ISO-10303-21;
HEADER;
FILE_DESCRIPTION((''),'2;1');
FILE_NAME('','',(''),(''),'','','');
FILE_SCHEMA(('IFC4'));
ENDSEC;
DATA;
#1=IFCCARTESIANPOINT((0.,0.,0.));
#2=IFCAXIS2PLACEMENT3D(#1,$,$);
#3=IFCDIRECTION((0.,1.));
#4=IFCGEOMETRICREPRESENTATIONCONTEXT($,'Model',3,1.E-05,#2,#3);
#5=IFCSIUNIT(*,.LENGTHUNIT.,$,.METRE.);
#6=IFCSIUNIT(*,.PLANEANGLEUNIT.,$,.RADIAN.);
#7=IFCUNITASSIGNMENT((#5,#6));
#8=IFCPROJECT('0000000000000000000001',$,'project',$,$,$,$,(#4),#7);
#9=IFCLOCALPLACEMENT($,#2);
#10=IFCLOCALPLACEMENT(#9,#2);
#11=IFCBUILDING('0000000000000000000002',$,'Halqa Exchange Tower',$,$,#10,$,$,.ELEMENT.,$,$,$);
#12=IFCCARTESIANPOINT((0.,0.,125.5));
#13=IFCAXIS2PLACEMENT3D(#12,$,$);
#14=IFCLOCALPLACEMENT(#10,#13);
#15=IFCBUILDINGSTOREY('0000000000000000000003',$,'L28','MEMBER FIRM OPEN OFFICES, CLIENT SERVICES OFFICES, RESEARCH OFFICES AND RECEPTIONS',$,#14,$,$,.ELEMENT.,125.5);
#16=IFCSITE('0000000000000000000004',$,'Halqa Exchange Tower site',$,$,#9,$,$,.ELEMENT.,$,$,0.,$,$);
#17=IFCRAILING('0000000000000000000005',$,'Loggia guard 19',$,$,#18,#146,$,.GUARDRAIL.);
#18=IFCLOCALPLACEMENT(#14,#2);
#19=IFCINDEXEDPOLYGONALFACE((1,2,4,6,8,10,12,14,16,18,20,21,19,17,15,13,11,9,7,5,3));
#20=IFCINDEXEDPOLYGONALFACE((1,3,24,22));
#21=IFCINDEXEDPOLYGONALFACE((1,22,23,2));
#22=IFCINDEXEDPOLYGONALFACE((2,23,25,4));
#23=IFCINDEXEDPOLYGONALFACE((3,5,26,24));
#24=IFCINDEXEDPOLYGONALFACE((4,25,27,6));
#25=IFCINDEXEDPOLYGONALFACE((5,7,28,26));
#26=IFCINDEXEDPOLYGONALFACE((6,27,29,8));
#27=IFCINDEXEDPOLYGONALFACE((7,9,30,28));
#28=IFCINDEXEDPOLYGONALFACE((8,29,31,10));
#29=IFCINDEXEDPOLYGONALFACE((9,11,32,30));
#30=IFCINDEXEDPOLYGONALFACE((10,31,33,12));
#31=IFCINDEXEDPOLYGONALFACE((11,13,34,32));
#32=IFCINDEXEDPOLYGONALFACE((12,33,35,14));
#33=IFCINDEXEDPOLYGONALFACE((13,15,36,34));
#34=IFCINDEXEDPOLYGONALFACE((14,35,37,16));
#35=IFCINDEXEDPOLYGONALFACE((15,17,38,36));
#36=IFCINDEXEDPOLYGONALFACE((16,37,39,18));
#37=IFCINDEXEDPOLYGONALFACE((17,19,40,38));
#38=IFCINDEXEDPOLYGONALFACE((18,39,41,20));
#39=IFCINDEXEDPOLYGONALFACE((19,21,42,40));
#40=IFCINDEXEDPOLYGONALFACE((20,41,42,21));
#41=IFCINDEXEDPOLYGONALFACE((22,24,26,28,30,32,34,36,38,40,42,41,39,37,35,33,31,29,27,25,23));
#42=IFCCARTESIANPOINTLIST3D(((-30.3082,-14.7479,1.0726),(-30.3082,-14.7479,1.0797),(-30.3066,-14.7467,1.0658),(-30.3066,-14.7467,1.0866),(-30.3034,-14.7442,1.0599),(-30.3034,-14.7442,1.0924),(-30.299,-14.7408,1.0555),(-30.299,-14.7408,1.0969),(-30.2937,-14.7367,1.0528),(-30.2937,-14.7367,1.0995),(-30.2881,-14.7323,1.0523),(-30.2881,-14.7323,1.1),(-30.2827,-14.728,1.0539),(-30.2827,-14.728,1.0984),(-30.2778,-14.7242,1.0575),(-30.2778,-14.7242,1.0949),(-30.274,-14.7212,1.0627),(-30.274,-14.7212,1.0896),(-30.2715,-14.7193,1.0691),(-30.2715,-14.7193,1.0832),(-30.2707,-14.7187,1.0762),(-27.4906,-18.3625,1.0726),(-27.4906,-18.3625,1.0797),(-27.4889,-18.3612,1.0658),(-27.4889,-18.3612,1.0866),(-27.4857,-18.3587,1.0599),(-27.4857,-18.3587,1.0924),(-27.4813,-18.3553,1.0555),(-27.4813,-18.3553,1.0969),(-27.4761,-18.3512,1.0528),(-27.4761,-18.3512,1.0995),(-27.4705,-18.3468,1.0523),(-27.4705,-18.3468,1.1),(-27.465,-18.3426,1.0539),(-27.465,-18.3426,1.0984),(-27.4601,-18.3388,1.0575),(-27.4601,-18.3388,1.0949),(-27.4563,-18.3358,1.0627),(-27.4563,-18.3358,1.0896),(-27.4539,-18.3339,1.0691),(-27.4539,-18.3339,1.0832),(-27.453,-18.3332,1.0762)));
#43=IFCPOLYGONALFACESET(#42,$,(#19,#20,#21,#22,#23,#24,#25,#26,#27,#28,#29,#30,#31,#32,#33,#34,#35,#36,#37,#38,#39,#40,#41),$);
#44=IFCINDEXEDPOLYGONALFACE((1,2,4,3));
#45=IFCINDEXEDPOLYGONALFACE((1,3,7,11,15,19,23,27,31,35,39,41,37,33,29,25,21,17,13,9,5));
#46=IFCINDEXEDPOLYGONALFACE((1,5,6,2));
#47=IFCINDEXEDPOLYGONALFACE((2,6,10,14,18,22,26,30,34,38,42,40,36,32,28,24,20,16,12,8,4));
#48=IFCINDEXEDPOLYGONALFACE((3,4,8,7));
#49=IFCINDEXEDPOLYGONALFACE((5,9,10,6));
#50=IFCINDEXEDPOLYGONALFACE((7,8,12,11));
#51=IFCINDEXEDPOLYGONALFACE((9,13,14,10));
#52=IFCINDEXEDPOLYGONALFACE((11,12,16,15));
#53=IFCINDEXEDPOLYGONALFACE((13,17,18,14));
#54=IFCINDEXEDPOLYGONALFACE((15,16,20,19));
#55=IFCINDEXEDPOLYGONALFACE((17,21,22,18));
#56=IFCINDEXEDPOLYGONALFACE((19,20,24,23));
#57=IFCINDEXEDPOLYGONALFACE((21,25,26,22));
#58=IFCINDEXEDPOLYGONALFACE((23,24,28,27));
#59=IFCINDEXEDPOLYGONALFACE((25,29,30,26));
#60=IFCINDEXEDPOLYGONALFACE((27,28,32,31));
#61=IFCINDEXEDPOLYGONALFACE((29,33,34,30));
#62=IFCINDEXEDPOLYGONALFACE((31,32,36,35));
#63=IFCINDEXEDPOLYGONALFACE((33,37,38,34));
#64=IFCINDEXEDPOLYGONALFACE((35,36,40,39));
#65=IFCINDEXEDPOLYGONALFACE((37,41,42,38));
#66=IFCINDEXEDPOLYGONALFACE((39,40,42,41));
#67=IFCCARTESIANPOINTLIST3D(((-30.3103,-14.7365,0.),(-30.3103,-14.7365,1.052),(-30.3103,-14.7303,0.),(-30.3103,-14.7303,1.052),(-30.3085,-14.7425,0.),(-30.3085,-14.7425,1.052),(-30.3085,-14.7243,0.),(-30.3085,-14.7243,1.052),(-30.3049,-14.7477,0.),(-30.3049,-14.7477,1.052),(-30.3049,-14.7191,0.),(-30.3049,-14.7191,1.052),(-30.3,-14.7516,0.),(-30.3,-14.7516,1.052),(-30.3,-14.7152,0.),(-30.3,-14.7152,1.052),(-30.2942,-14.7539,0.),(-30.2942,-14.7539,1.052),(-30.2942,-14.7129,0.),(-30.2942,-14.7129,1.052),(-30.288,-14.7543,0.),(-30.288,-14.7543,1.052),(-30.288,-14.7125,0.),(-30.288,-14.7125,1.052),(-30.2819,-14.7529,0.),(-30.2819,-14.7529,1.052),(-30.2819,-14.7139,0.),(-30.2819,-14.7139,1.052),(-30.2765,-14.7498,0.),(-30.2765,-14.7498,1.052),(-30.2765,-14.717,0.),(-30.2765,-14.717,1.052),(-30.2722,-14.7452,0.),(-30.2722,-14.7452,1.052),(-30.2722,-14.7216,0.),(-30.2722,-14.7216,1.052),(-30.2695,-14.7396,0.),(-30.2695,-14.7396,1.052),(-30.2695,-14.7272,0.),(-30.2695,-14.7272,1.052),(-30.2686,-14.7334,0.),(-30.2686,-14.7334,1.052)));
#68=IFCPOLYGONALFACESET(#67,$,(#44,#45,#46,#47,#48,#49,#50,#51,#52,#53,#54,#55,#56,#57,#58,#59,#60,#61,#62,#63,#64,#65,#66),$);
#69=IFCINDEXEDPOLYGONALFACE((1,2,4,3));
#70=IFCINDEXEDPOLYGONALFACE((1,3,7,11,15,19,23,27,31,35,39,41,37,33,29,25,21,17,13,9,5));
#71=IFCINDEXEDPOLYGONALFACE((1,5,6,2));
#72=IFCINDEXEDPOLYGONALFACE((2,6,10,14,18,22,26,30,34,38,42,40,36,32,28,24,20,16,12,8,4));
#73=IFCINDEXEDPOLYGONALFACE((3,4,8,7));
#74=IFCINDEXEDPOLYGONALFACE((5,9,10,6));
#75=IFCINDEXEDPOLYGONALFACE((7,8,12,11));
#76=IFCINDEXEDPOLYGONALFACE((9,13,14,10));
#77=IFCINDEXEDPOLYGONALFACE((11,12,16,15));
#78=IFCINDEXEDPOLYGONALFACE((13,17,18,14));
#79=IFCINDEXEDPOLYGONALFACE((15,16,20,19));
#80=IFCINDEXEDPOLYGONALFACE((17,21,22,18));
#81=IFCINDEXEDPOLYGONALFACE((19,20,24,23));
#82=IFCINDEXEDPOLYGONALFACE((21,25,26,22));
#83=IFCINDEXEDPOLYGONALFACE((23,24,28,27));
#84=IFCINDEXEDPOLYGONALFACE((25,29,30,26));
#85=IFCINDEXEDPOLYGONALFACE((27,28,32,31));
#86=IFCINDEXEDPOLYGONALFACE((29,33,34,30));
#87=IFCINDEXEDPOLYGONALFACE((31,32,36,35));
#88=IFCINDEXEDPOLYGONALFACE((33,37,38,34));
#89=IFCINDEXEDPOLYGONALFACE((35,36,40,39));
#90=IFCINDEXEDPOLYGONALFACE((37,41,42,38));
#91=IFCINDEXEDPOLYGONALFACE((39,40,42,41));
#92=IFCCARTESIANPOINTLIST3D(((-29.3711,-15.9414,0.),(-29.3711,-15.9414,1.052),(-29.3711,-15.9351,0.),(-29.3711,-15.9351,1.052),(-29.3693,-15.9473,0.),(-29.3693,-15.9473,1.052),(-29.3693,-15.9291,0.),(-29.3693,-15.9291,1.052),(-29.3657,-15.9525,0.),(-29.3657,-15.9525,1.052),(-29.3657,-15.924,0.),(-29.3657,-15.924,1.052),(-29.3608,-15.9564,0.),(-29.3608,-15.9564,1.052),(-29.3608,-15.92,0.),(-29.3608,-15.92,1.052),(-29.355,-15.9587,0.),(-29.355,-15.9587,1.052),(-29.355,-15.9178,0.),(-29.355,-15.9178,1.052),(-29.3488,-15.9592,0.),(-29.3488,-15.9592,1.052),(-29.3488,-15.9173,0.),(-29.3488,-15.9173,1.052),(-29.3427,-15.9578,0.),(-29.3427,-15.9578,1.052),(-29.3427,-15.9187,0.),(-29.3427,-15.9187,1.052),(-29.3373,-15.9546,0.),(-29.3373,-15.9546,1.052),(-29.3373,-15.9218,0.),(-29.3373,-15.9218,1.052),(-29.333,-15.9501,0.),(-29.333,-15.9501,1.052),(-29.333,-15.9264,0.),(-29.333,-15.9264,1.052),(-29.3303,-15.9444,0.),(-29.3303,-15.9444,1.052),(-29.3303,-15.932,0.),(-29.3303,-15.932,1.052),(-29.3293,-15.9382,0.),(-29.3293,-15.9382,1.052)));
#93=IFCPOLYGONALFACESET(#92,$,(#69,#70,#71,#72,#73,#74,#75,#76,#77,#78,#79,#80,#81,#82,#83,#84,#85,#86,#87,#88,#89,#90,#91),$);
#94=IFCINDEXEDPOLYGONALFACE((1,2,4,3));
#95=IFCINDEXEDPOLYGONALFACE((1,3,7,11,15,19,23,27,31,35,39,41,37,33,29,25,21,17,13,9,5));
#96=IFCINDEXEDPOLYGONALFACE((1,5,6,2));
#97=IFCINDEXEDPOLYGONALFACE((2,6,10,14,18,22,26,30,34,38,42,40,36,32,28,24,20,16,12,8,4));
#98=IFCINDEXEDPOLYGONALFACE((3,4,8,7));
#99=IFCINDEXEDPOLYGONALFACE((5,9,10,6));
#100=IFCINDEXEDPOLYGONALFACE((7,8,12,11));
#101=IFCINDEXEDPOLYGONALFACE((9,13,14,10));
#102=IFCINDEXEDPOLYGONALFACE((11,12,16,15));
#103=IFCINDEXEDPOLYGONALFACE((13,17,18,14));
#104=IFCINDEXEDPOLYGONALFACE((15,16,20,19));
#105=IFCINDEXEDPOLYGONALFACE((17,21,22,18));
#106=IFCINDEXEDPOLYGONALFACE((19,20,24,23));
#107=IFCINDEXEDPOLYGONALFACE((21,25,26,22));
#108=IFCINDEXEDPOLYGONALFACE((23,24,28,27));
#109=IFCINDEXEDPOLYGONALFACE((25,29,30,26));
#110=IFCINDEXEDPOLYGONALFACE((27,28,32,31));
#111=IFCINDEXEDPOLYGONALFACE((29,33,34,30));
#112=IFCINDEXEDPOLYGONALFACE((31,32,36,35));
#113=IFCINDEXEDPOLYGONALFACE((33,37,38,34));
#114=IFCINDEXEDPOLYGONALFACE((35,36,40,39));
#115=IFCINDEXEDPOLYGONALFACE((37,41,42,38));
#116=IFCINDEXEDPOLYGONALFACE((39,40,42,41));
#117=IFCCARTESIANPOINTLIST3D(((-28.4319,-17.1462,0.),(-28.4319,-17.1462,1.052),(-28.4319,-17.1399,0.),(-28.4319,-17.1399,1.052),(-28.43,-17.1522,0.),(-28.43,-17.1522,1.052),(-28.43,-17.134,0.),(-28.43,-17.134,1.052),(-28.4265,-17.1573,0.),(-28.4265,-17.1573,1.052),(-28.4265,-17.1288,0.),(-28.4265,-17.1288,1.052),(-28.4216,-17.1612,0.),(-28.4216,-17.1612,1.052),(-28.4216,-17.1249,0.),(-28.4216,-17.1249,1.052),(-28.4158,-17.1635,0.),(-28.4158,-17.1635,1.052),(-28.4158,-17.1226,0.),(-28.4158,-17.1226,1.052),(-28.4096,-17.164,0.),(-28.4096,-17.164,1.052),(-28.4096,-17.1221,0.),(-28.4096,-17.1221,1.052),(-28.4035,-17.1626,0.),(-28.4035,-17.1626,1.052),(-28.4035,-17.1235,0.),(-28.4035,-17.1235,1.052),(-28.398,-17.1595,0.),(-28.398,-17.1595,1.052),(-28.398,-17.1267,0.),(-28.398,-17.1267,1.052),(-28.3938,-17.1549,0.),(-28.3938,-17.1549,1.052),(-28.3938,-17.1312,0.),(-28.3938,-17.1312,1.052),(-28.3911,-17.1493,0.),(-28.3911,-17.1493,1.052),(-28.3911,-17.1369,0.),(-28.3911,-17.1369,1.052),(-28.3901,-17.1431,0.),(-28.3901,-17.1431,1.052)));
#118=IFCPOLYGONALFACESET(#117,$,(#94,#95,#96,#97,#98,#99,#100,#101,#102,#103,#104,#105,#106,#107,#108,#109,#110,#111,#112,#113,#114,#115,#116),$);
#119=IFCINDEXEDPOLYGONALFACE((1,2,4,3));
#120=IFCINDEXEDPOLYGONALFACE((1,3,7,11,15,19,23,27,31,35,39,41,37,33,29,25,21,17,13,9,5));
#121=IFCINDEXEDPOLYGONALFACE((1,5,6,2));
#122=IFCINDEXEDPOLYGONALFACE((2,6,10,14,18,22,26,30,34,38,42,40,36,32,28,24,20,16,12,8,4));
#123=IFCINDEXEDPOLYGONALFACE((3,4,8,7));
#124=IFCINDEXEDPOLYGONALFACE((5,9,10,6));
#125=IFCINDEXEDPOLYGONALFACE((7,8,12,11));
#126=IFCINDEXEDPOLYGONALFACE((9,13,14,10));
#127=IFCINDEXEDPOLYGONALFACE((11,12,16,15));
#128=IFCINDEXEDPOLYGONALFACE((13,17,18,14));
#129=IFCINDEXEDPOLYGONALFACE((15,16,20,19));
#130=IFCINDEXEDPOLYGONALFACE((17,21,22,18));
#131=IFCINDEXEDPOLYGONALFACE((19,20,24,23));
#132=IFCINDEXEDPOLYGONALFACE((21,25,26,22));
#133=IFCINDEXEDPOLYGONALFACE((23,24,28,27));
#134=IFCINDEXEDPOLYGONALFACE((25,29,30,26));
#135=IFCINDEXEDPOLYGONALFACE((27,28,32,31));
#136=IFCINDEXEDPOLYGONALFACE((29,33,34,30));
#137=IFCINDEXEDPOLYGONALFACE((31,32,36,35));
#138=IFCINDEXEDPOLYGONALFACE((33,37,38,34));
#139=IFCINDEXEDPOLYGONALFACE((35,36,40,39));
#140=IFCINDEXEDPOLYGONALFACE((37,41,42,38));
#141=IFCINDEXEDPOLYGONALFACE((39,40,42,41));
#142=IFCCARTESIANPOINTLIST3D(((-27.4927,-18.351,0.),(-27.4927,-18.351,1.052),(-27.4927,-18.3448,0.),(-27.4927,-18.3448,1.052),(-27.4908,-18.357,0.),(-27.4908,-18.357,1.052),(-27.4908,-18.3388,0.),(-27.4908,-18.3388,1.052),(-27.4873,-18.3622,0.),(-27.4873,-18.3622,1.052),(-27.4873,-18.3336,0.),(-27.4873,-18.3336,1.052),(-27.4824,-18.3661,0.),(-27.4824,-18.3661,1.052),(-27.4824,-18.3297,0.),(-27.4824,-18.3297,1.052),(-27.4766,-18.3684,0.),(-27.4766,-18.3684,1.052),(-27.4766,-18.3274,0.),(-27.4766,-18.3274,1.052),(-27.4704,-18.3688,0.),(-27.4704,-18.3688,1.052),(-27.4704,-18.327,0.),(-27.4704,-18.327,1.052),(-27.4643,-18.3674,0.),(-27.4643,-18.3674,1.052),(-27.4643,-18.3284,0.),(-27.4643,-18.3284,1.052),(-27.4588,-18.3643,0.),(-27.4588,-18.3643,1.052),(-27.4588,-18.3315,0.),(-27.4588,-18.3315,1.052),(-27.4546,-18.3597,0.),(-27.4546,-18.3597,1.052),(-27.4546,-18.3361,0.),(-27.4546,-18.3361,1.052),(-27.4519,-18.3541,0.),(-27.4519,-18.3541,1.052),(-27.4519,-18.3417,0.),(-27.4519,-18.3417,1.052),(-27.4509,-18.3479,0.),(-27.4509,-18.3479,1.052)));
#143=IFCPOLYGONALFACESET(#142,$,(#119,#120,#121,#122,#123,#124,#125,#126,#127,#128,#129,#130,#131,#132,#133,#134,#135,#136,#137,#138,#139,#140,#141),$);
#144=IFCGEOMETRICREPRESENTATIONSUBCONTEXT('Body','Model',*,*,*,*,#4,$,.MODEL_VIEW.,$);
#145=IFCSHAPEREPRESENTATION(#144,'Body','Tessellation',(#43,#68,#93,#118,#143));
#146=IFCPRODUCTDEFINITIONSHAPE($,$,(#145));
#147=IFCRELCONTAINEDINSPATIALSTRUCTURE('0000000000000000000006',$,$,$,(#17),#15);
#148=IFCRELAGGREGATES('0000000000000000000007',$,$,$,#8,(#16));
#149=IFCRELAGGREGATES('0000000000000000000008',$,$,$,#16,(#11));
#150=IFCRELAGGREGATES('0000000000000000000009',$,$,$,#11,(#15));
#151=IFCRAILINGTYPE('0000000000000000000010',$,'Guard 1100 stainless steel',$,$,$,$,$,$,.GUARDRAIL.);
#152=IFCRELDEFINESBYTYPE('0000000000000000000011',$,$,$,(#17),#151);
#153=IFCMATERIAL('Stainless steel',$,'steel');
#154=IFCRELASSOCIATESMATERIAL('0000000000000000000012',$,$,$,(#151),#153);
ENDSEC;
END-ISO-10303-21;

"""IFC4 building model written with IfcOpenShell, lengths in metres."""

from ifc_helpers import new_model, si_unit, direction, frame, origin, origin_2d, place, context, subcontext, project, spatial, circle, extrude, material, type_object, element, save


model = new_model("IFC4")

# Units and contexts
model_context = context("Model", 3, precision=1e-05, world=origin(), true_north=direction((0.0, 1.0)))
body_context = subcontext(model_context, "Body", "Model", "MODEL_VIEW")
ifc_project = project(units=[si_unit("LENGTHUNIT", "METRE"), si_unit("PLANEANGLEUNIT", "RADIAN")], contexts=[model_context])

# Site, building, storey
site_placement = place(None, origin())
site = spatial("IfcSite", under=ifc_project, at=site_placement, Name="Halqa Exchange Tower site", CompositionType="ELEMENT", RefElevation=0.0)
building_placement = place(site_placement, origin())
building = spatial("IfcBuilding", under=site, at=building_placement, Name="Halqa Exchange Tower", CompositionType="ELEMENT")
storey_placement = place(building_placement, frame((0.0, 0.0, 125.5)))
storey = spatial("IfcBuildingStorey", under=building, at=storey_placement, Name="L28", Description="MEMBER FIRM OPEN OFFICES, CLIENT SERVICES OFFICES, RESEARCH OFFICES AND RECEPTIONS", CompositionType="ELEMENT", Elevation=125.5)

# Railing
ifc_material_1 = material(Name="Stainless steel", Category="steel")
railing_type = type_object("IfcRailingType", Name="Guard 1100 stainless steel", PredefinedType="GUARDRAIL", material=ifc_material_1)
railing_1_placement = place(storey_placement, frame((-30.2896, -14.7334, 0.0)))
element("IfcRailing", 1, at=railing_1_placement, inside=storey, type_object=railing_type, Name="Loggia guard 19", PredefinedType="GUARDRAIL", context=body_context, shape_type="SweptSolid", body=[
    extrude(circle(Radius=0.0239, at=origin_2d()), frame((0.0, 0.0, 1.0762), z_axis=(0.614803, -0.788681, 0.0), x_axis=(0.788681, 0.614803, 0.0)), (0.0, 0.0, 1.0), 4.583),
    extrude(circle(Radius=0.021, at=origin_2d()), origin(), (0.0, 0.0, 1.0), 1.052),
    extrude(circle(Radius=0.021, at=origin_2d()), frame((0.9392, -1.2048, 0.0)), (0.0, 0.0, 1.0), 1.052),
    extrude(circle(Radius=0.021, at=origin_2d()), frame((1.8784, -2.4097, 0.0)), (0.0, 0.0, 1.0), 1.052),
    extrude(circle(Radius=0.021, at=origin_2d()), frame((2.8176, -3.6145, 0.0)), (0.0, 0.0, 1.0), 1.052),
])

save(model, "model.ifc")
